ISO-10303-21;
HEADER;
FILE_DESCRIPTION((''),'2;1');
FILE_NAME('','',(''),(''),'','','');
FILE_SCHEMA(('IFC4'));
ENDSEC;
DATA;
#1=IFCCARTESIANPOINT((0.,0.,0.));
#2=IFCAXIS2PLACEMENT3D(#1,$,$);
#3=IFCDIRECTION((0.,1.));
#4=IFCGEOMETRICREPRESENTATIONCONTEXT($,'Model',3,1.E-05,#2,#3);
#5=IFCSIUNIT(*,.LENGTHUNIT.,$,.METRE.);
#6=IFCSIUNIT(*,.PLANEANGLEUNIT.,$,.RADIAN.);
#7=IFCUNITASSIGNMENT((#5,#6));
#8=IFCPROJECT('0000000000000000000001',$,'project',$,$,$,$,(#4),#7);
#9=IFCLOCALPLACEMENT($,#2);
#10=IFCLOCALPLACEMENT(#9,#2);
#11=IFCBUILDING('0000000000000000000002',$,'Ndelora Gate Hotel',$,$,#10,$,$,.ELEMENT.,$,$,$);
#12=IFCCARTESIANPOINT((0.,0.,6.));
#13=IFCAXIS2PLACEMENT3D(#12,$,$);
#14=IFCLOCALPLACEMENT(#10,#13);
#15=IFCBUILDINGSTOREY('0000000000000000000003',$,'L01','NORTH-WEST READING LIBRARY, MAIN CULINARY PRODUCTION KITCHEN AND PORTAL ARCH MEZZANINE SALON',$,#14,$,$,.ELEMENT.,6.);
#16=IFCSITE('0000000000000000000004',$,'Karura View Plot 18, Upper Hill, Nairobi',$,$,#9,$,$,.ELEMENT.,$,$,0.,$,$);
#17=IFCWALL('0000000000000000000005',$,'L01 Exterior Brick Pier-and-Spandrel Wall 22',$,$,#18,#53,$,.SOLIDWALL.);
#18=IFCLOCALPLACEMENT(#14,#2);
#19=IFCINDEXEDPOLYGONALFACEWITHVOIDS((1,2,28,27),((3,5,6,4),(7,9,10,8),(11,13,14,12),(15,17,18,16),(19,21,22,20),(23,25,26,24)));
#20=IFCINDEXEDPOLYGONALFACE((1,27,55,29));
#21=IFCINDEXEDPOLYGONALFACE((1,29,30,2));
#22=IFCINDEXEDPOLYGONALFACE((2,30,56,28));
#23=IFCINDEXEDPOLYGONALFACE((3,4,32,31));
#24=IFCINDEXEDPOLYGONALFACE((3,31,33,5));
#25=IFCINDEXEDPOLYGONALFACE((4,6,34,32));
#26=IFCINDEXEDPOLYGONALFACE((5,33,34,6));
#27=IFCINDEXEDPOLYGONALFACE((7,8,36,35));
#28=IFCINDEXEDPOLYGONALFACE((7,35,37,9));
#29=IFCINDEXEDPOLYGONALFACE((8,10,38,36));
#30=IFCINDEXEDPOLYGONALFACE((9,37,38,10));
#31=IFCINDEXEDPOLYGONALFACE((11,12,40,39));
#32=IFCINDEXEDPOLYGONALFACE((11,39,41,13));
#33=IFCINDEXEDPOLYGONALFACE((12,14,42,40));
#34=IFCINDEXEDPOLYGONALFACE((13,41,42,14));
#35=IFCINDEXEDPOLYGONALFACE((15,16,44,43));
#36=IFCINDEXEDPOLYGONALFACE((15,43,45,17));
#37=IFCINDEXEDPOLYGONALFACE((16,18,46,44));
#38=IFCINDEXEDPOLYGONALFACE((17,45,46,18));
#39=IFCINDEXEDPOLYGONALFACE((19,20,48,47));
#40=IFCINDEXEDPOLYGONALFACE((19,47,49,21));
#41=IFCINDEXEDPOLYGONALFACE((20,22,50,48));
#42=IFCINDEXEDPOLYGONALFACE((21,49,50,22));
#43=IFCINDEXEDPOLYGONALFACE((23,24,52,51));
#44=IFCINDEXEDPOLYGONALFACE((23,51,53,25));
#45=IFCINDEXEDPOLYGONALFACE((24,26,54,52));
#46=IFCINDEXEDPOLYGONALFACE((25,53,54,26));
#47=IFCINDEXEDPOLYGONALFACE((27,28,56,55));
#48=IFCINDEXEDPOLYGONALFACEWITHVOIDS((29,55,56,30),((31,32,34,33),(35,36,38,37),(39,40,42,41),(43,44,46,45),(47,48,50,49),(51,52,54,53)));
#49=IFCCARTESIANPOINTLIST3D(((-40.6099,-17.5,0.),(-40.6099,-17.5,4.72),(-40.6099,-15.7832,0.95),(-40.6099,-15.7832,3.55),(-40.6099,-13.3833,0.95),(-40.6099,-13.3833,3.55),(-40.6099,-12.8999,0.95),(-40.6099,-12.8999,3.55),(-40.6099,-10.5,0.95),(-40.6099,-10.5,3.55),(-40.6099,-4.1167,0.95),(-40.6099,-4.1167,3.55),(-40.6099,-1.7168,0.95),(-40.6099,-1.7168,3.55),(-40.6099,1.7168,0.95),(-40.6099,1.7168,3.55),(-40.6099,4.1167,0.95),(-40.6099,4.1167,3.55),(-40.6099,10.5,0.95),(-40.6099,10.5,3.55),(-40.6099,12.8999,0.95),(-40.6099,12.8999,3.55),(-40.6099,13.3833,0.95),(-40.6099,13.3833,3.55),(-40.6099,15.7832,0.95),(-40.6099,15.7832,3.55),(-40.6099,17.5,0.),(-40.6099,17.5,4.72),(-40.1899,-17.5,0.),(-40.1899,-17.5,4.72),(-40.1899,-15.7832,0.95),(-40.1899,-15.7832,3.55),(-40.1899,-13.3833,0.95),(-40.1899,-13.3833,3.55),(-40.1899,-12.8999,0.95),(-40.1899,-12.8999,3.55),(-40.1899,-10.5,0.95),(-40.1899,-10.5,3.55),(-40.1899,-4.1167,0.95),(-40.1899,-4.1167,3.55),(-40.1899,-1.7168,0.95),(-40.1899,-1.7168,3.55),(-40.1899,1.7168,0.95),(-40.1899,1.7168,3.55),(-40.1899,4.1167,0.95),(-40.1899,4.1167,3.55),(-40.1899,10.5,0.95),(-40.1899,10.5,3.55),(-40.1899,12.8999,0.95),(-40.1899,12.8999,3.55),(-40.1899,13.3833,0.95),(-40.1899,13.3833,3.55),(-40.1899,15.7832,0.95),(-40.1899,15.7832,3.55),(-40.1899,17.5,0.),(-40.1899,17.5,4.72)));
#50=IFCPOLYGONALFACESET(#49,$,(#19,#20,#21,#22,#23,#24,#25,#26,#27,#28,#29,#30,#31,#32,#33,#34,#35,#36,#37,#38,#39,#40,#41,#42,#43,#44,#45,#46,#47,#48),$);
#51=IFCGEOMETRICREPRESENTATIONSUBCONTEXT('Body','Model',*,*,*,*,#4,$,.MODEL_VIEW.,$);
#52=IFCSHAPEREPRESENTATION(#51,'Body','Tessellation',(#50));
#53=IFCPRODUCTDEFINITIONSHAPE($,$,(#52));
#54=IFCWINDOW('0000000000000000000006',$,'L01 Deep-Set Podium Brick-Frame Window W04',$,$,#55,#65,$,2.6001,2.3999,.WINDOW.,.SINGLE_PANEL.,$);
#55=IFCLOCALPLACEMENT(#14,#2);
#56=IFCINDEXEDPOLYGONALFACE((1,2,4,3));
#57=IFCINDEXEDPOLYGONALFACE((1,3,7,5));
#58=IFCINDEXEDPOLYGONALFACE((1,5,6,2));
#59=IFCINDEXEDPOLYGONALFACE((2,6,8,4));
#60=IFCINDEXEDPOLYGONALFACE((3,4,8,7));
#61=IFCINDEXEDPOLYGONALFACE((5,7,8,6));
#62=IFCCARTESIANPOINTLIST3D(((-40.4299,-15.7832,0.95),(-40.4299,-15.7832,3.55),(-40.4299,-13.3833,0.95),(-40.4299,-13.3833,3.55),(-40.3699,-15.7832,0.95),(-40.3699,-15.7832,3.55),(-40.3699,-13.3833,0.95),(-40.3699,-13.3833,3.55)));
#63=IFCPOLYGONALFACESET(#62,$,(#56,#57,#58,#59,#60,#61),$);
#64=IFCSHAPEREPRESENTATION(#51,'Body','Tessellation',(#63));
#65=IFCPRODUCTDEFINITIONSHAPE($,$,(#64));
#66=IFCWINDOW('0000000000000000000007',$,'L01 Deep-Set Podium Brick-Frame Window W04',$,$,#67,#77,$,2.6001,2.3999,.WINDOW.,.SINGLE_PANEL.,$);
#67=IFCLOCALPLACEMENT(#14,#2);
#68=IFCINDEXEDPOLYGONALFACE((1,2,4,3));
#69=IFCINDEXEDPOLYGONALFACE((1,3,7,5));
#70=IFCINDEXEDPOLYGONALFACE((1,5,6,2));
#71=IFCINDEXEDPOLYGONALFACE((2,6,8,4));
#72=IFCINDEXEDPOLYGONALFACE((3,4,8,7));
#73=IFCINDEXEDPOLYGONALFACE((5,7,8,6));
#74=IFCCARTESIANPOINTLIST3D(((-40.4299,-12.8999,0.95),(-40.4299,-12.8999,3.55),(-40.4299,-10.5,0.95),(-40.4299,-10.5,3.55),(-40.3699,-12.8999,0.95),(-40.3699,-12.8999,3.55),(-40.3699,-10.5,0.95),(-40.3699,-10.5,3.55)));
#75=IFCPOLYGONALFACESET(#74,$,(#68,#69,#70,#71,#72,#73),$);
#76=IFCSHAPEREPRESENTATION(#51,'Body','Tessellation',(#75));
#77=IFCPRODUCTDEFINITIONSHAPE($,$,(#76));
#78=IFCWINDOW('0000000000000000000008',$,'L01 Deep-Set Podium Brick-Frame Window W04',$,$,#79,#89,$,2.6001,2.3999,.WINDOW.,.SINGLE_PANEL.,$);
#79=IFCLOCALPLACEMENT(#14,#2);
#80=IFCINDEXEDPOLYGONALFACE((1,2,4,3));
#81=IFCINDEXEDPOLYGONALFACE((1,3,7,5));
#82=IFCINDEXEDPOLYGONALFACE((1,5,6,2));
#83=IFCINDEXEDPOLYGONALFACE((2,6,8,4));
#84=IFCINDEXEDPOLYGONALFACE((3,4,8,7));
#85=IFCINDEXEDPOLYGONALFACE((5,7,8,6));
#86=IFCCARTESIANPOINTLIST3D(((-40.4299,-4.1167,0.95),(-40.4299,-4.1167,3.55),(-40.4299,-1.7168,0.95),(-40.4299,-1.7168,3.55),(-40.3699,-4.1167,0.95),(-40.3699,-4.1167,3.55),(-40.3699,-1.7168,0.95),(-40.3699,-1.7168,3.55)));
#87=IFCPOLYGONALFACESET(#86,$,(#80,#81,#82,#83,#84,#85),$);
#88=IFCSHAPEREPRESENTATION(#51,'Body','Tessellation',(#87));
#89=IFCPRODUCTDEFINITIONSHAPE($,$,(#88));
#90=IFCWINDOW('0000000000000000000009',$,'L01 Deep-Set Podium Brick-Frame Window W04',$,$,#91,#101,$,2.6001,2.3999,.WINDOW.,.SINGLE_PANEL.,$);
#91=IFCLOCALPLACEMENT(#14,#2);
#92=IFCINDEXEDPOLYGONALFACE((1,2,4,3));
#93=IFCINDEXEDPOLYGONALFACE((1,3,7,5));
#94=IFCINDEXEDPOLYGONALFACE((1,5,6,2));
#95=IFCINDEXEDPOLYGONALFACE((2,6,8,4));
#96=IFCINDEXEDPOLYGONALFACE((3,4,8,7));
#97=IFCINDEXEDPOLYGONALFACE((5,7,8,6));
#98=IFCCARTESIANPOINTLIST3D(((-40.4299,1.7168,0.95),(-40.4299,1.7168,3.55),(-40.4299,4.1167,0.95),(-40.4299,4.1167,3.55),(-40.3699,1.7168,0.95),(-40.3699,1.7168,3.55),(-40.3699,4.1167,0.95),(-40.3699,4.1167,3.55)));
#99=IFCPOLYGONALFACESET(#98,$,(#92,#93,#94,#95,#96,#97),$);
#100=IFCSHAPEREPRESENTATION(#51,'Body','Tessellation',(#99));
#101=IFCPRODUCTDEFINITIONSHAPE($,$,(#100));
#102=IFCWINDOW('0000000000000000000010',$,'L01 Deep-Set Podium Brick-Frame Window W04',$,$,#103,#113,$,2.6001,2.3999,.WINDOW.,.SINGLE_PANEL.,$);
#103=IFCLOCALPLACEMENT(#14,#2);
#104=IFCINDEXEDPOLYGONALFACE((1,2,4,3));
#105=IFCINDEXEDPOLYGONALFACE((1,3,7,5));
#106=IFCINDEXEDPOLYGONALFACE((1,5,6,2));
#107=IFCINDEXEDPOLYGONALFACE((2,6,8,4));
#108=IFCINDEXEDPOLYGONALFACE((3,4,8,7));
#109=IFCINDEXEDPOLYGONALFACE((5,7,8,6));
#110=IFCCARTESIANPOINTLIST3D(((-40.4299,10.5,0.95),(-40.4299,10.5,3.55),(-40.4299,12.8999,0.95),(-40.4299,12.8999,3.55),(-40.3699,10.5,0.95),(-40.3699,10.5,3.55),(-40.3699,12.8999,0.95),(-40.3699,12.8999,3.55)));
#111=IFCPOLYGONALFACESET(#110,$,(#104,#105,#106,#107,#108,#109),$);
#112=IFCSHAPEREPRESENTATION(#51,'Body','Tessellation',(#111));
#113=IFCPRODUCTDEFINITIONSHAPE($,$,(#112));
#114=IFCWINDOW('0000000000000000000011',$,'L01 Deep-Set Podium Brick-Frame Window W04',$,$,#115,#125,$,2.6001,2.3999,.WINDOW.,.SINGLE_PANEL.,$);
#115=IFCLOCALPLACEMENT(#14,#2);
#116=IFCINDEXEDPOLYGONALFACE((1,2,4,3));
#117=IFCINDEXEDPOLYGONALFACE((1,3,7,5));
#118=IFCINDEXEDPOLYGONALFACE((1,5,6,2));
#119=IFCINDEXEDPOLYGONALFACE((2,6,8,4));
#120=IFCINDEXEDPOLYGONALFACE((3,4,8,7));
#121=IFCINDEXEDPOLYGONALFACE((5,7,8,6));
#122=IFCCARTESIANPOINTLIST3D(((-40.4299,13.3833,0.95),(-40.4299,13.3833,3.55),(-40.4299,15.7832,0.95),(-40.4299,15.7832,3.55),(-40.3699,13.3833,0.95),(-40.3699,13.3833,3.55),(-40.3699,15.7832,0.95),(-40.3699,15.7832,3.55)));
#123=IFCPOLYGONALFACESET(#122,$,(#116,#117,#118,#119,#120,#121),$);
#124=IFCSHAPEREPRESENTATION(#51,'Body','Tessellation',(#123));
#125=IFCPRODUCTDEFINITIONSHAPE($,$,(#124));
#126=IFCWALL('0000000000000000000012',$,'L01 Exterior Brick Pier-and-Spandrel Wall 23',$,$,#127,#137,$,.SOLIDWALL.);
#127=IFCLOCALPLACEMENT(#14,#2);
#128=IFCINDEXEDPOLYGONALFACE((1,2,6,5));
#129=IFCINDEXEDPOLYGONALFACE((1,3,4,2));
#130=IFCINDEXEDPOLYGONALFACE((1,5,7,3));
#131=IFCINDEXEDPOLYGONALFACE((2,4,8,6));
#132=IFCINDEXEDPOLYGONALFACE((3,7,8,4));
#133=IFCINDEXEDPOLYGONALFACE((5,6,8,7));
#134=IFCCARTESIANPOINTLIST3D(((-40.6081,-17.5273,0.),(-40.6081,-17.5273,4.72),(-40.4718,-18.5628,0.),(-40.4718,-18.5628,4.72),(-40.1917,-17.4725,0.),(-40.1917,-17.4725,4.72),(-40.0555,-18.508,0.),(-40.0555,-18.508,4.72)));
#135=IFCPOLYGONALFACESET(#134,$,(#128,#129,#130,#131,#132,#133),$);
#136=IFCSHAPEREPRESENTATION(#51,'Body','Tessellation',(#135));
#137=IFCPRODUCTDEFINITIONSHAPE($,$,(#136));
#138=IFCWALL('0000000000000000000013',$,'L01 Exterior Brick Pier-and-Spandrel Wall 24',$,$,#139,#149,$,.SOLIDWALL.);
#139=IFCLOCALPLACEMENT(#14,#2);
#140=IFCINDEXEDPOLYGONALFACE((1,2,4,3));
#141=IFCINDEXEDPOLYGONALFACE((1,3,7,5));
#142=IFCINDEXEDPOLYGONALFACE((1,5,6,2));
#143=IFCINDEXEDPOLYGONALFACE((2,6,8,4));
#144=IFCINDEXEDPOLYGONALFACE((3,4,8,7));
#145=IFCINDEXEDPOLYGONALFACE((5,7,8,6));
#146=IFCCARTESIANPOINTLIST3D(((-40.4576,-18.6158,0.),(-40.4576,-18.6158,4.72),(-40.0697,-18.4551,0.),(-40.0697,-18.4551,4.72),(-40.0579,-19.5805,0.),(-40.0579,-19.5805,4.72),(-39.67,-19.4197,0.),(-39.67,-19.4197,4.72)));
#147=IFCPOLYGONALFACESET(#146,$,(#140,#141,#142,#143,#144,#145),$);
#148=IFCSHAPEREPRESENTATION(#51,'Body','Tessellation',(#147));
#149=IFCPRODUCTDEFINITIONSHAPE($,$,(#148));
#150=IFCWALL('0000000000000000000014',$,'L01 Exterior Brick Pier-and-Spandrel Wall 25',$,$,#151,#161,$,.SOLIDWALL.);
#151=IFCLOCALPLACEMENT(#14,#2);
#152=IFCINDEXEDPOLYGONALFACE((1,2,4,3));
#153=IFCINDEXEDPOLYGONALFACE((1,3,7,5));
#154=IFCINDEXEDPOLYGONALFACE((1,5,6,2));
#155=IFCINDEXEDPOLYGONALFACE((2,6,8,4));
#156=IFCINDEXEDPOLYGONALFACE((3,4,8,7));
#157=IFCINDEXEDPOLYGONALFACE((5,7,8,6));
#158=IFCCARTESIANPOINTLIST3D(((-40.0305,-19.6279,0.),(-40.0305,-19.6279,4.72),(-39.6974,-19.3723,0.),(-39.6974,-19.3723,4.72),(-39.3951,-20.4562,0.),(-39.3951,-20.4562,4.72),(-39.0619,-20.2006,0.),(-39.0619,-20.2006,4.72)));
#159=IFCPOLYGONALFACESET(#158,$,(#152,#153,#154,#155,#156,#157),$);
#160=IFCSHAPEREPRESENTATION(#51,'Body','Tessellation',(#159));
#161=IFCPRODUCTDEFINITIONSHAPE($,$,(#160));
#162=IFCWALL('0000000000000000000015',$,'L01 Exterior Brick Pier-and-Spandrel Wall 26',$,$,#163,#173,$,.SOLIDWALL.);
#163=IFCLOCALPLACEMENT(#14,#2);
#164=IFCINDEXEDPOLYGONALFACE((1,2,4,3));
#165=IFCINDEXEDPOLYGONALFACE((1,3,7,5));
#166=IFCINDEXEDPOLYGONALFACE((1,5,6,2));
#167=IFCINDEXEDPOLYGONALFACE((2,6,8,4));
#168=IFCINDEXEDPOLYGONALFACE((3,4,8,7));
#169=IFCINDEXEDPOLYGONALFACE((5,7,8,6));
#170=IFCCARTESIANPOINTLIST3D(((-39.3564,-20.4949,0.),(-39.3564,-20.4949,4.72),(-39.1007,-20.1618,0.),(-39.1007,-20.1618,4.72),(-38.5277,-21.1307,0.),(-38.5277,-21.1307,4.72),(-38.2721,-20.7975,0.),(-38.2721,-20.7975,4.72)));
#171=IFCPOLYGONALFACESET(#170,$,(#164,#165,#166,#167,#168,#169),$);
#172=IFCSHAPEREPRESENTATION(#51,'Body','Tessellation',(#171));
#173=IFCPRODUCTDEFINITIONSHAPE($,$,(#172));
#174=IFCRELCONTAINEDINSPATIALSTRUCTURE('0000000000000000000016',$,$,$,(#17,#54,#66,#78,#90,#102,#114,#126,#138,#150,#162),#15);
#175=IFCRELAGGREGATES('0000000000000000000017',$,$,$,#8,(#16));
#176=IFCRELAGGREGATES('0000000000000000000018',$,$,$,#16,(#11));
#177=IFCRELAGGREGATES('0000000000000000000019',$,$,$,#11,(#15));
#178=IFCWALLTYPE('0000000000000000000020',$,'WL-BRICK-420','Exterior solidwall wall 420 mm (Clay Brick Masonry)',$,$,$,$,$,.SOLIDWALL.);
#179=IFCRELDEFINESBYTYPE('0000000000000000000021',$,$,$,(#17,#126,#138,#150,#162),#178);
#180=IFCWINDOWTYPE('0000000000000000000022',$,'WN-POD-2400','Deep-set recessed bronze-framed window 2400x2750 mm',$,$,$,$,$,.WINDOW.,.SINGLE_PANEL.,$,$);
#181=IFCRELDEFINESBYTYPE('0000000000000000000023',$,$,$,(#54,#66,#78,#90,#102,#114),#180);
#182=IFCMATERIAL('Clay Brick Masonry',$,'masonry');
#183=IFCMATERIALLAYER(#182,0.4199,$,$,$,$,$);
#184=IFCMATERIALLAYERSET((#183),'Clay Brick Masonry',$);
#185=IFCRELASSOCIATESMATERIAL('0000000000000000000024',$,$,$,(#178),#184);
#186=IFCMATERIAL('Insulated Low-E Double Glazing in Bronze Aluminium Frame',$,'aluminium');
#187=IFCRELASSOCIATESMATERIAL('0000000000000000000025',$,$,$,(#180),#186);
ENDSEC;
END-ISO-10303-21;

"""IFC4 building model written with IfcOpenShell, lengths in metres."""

from ifc_helpers import new_model, si_unit, direction, frame, frame_2d, origin, place, context, subcontext, project, spatial, rectangle, extrude, material, layer, layer_set, type_object, element, fill, save


model = new_model("IFC4")

# Units and contexts
model_context = context("Model", 3, precision=1e-05, world=origin(), true_north=direction((0.0, 1.0)))
body_context = subcontext(model_context, "Body", "Model", "MODEL_VIEW")
ifc_project = project(units=[si_unit("LENGTHUNIT", "METRE"), si_unit("PLANEANGLEUNIT", "RADIAN")], contexts=[model_context])

# Site, building, storey
site_placement = place(None, origin())
site = spatial("IfcSite", under=ifc_project, at=site_placement, Name="Karura View Plot 18, Upper Hill, Nairobi", CompositionType="ELEMENT", RefElevation=0.0)
building_placement = place(site_placement, origin())
building = spatial("IfcBuilding", under=site, at=building_placement, Name="Ndelora Gate Hotel", CompositionType="ELEMENT")
storey_placement = place(building_placement, frame((0.0, 0.0, 6.0)))
storey = spatial("IfcBuildingStorey", under=building, at=storey_placement, Name="L01", Description="NORTH-WEST READING LIBRARY, MAIN CULINARY PRODUCTION KITCHEN AND PORTAL ARCH MEZZANINE SALON", CompositionType="ELEMENT", Elevation=6.0)

# Wall, openings, windows
ifc_material_1 = material(Name="Clay Brick Masonry", Category="masonry")
ifc_layer_1 = layer(ifc_material_1, 0.4199)
ifc_layer_set_1 = layer_set([ifc_layer_1], Name="Clay Brick Masonry")
wall_type_1 = type_object("IfcWallType", Name="WL-BRICK-420", Description="Exterior solidwall wall 420 mm (Clay Brick Masonry)", PredefinedType="SOLIDWALL", material=ifc_layer_set_1)
wall_1_placement = place(storey_placement, frame((-40.3999, -17.5, 0.0), z_axis=(0.0, 0.0, 1.0), x_axis=(0.0, 1.0, 0.0)))
wall_1 = element("IfcWall", 1, at=wall_1_placement, inside=storey, type_object=wall_type_1, Name="L01 Exterior Brick Pier-and-Spandrel Wall 22", PredefinedType="SOLIDWALL", context=body_context, shape_type="SweptSolid", body=[
    extrude(rectangle(XDim=35.0, YDim=0.4199, at=frame_2d((17.5, 0.0))), origin(), (0.0, 0.0, 1.0), 4.72),
])
opening_1_placement = place(wall_1_placement, frame((1.7168, 0.0, 0.95)))
opening_1 = element("IfcOpeningElement", 2, at=opening_1_placement, cuts=wall_1, PredefinedType="OPENING", context=body_context, shape_type="SweptSolid", body=[
    extrude(rectangle(XDim=2.3999, YDim=2.6001, at=frame_2d((1.2, 1.3))), frame((0.0, 0.22, 0.0), z_axis=(0.0, -1.0, 0.0), x_axis=(1.0, 0.0, 0.0)), (0.0, 0.0, 1.0), 0.4399),
])
opening_2_placement = place(wall_1_placement, frame((4.6001, 0.0, 0.95)))
opening_2 = element("IfcOpeningElement", 3, at=opening_2_placement, cuts=wall_1, PredefinedType="OPENING", context=body_context, shape_type="SweptSolid", body=[
    extrude(rectangle(XDim=2.3999, YDim=2.6001, at=frame_2d((1.2, 1.3))), frame((0.0, 0.22, 0.0), z_axis=(0.0, -1.0, 0.0), x_axis=(1.0, 0.0, 0.0)), (0.0, 0.0, 1.0), 0.4399),
])
opening_3_placement = place(wall_1_placement, frame((13.3833, 0.0, 0.95)))
opening_3 = element("IfcOpeningElement", 4, at=opening_3_placement, cuts=wall_1, PredefinedType="OPENING", context=body_context, shape_type="SweptSolid", body=[
    extrude(rectangle(XDim=2.3999, YDim=2.6001, at=frame_2d((1.2, 1.3))), frame((0.0, 0.22, 0.0), z_axis=(0.0, -1.0, 0.0), x_axis=(1.0, 0.0, 0.0)), (0.0, 0.0, 1.0), 0.4399),
])
opening_4_placement = place(wall_1_placement, frame((19.2168, 0.0, 0.95)))
opening_4 = element("IfcOpeningElement", 5, at=opening_4_placement, cuts=wall_1, PredefinedType="OPENING", context=body_context, shape_type="SweptSolid", body=[
    extrude(rectangle(XDim=2.3999, YDim=2.6001, at=frame_2d((1.2, 1.3))), frame((0.0, 0.22, 0.0), z_axis=(0.0, -1.0, 0.0), x_axis=(1.0, 0.0, 0.0)), (0.0, 0.0, 1.0), 0.4399),
])
opening_5_placement = place(wall_1_placement, frame((28.0, 0.0, 0.95)))
opening_5 = element("IfcOpeningElement", 6, at=opening_5_placement, cuts=wall_1, PredefinedType="OPENING", context=body_context, shape_type="SweptSolid", body=[
    extrude(rectangle(XDim=2.3999, YDim=2.6001, at=frame_2d((1.2, 1.3))), frame((0.0, 0.22, 0.0), z_axis=(0.0, -1.0, 0.0), x_axis=(1.0, 0.0, 0.0)), (0.0, 0.0, 1.0), 0.4399),
])
opening_6_placement = place(wall_1_placement, frame((30.8833, 0.0, 0.95)))
opening_6 = element("IfcOpeningElement", 7, at=opening_6_placement, cuts=wall_1, PredefinedType="OPENING", context=body_context, shape_type="SweptSolid", body=[
    extrude(rectangle(XDim=2.3999, YDim=2.6001, at=frame_2d((1.2, 1.3))), frame((0.0, 0.22, 0.0), z_axis=(0.0, -1.0, 0.0), x_axis=(1.0, 0.0, 0.0)), (0.0, 0.0, 1.0), 0.4399),
])
ifc_material_2 = material(Name="Insulated Low-E Double Glazing in Bronze Aluminium Frame", Category="aluminium")
window_type = type_object("IfcWindowType", Name="WN-POD-2400", Description="Deep-set recessed bronze-framed window 2400x2750 mm", PartitioningType="SINGLE_PANEL", PredefinedType="WINDOW", material=ifc_material_2)
window_1_placement = place(opening_1_placement, origin())
window_1 = element("IfcWindow", 8, at=window_1_placement, inside=storey, type_object=window_type, Name="L01 Deep-Set Podium Brick-Frame Window W04", OverallHeight=2.6001, OverallWidth=2.3999, PartitioningType="SINGLE_PANEL", PredefinedType="WINDOW", context=body_context, shape_type="SweptSolid", body=[
    extrude(rectangle(XDim=2.3999, YDim=2.6001, at=frame_2d((1.2, 1.3))), frame((0.0, 0.03, 0.0), z_axis=(0.0, -1.0, 0.0), x_axis=(1.0, 0.0, 0.0)), (0.0, 0.0, 1.0), 0.0601),
])
fill(opening_1, window_1)
window_2_placement = place(opening_2_placement, origin())
window_2 = element("IfcWindow", 9, at=window_2_placement, inside=storey, type_object=window_type, Name="L01 Deep-Set Podium Brick-Frame Window W04", OverallHeight=2.6001, OverallWidth=2.3999, PartitioningType="SINGLE_PANEL", PredefinedType="WINDOW", context=body_context, shape_type="SweptSolid", body=[
    extrude(rectangle(XDim=2.3999, YDim=2.6001, at=frame_2d((1.2, 1.3))), frame((0.0, 0.03, 0.0), z_axis=(0.0, -1.0, 0.0), x_axis=(1.0, 0.0, 0.0)), (0.0, 0.0, 1.0), 0.0601),
])
fill(opening_2, window_2)
window_3_placement = place(opening_3_placement, origin())
window_3 = element("IfcWindow", 10, at=window_3_placement, inside=storey, type_object=window_type, Name="L01 Deep-Set Podium Brick-Frame Window W04", OverallHeight=2.6001, OverallWidth=2.3999, PartitioningType="SINGLE_PANEL", PredefinedType="WINDOW", context=body_context, shape_type="SweptSolid", body=[
    extrude(rectangle(XDim=2.3999, YDim=2.6001, at=frame_2d((1.2, 1.3))), frame((0.0, 0.03, 0.0), z_axis=(0.0, -1.0, 0.0), x_axis=(1.0, 0.0, 0.0)), (0.0, 0.0, 1.0), 0.0601),
])
fill(opening_3, window_3)
window_4_placement = place(opening_4_placement, origin())
window_4 = element("IfcWindow", 11, at=window_4_placement, inside=storey, type_object=window_type, Name="L01 Deep-Set Podium Brick-Frame Window W04", OverallHeight=2.6001, OverallWidth=2.3999, PartitioningType="SINGLE_PANEL", PredefinedType="WINDOW", context=body_context, shape_type="SweptSolid", body=[
    extrude(rectangle(XDim=2.3999, YDim=2.6001, at=frame_2d((1.2, 1.3))), frame((0.0, 0.03, 0.0), z_axis=(0.0, -1.0, 0.0), x_axis=(1.0, 0.0, 0.0)), (0.0, 0.0, 1.0), 0.0601),
])
fill(opening_4, window_4)
window_5_placement = place(opening_5_placement, origin())
window_5 = element("IfcWindow", 12, at=window_5_placement, inside=storey, type_object=window_type, Name="L01 Deep-Set Podium Brick-Frame Window W04", OverallHeight=2.6001, OverallWidth=2.3999, PartitioningType="SINGLE_PANEL", PredefinedType="WINDOW", context=body_context, shape_type="SweptSolid", body=[
    extrude(rectangle(XDim=2.3999, YDim=2.6001, at=frame_2d((1.2, 1.3))), frame((0.0, 0.03, 0.0), z_axis=(0.0, -1.0, 0.0), x_axis=(1.0, 0.0, 0.0)), (0.0, 0.0, 1.0), 0.0601),
])
fill(opening_5, window_5)
window_6_placement = place(opening_6_placement, origin())
window_6 = element("IfcWindow", 13, at=window_6_placement, inside=storey, type_object=window_type, Name="L01 Deep-Set Podium Brick-Frame Window W04", OverallHeight=2.6001, OverallWidth=2.3999, PartitioningType="SINGLE_PANEL", PredefinedType="WINDOW", context=body_context, shape_type="SweptSolid", body=[
    extrude(rectangle(XDim=2.3999, YDim=2.6001, at=frame_2d((1.2, 1.3))), frame((0.0, 0.03, 0.0), z_axis=(0.0, -1.0, 0.0), x_axis=(1.0, 0.0, 0.0)), (0.0, 0.0, 1.0), 0.0601),
])
fill(opening_6, window_6)

# Walls
wall_2_placement = place(storey_placement, frame((-40.2637, -18.5354, 0.0), z_axis=(0.0, 0.0, 1.0), x_axis=(-0.130448, 0.991455, 0.0)))
element("IfcWall", 14, at=wall_2_placement, inside=storey, type_object=wall_type_1, Name="L01 Exterior Brick Pier-and-Spandrel Wall 23", PredefinedType="SOLIDWALL", context=body_context, shape_type="SweptSolid", body=[
    extrude(rectangle(XDim=1.0444, YDim=0.4199, at=frame_2d((0.5222, 0.0))), origin(), (0.0, 0.0, 1.0), 4.72),
])
wall_3_placement = place(storey_placement, frame((-39.864, -19.5, 0.0), z_axis=(0.0, 0.0, 1.0), x_axis=(-0.382772, 0.923843, 0.0)))
element("IfcWall", 15, at=wall_3_placement, inside=storey, type_object=wall_type_1, Name="L01 Exterior Brick Pier-and-Spandrel Wall 24", PredefinedType="SOLIDWALL", context=body_context, shape_type="SweptSolid", body=[
    extrude(rectangle(XDim=1.0442, YDim=0.4199, at=frame_2d((0.522, 0.0))), origin(), (0.0, 0.0, 1.0), 4.72),
])
wall_4_placement = place(storey_placement, frame((-39.2285, -20.3284, 0.0), z_axis=(0.0, 0.0, 1.0), x_axis=(-0.608682, 0.793414, 0.0)))
element("IfcWall", 16, at=wall_4_placement, inside=storey, type_object=wall_type_1, Name="L01 Exterior Brick Pier-and-Spandrel Wall 25", PredefinedType="SOLIDWALL", context=body_context, shape_type="SweptSolid", body=[
    extrude(rectangle(XDim=1.0439, YDim=0.4199, at=frame_2d((0.522, 0.0))), origin(), (0.0, 0.0, 1.0), 4.72),
])
wall_5_placement = place(storey_placement, frame((-38.3999, -20.9641, 0.0), z_axis=(0.0, 0.0, 1.0), x_axis=(-0.793388, 0.608716, 0.0)))
element("IfcWall", 17, at=wall_5_placement, inside=storey, type_object=wall_type_1, Name="L01 Exterior Brick Pier-and-Spandrel Wall 26", PredefinedType="SOLIDWALL", context=body_context, shape_type="SweptSolid", body=[
    extrude(rectangle(XDim=1.0444, YDim=0.4199, at=frame_2d((0.5222, 0.0))), origin(), (0.0, 0.0, 1.0), 4.72),
])

save(model, "model.ifc")
